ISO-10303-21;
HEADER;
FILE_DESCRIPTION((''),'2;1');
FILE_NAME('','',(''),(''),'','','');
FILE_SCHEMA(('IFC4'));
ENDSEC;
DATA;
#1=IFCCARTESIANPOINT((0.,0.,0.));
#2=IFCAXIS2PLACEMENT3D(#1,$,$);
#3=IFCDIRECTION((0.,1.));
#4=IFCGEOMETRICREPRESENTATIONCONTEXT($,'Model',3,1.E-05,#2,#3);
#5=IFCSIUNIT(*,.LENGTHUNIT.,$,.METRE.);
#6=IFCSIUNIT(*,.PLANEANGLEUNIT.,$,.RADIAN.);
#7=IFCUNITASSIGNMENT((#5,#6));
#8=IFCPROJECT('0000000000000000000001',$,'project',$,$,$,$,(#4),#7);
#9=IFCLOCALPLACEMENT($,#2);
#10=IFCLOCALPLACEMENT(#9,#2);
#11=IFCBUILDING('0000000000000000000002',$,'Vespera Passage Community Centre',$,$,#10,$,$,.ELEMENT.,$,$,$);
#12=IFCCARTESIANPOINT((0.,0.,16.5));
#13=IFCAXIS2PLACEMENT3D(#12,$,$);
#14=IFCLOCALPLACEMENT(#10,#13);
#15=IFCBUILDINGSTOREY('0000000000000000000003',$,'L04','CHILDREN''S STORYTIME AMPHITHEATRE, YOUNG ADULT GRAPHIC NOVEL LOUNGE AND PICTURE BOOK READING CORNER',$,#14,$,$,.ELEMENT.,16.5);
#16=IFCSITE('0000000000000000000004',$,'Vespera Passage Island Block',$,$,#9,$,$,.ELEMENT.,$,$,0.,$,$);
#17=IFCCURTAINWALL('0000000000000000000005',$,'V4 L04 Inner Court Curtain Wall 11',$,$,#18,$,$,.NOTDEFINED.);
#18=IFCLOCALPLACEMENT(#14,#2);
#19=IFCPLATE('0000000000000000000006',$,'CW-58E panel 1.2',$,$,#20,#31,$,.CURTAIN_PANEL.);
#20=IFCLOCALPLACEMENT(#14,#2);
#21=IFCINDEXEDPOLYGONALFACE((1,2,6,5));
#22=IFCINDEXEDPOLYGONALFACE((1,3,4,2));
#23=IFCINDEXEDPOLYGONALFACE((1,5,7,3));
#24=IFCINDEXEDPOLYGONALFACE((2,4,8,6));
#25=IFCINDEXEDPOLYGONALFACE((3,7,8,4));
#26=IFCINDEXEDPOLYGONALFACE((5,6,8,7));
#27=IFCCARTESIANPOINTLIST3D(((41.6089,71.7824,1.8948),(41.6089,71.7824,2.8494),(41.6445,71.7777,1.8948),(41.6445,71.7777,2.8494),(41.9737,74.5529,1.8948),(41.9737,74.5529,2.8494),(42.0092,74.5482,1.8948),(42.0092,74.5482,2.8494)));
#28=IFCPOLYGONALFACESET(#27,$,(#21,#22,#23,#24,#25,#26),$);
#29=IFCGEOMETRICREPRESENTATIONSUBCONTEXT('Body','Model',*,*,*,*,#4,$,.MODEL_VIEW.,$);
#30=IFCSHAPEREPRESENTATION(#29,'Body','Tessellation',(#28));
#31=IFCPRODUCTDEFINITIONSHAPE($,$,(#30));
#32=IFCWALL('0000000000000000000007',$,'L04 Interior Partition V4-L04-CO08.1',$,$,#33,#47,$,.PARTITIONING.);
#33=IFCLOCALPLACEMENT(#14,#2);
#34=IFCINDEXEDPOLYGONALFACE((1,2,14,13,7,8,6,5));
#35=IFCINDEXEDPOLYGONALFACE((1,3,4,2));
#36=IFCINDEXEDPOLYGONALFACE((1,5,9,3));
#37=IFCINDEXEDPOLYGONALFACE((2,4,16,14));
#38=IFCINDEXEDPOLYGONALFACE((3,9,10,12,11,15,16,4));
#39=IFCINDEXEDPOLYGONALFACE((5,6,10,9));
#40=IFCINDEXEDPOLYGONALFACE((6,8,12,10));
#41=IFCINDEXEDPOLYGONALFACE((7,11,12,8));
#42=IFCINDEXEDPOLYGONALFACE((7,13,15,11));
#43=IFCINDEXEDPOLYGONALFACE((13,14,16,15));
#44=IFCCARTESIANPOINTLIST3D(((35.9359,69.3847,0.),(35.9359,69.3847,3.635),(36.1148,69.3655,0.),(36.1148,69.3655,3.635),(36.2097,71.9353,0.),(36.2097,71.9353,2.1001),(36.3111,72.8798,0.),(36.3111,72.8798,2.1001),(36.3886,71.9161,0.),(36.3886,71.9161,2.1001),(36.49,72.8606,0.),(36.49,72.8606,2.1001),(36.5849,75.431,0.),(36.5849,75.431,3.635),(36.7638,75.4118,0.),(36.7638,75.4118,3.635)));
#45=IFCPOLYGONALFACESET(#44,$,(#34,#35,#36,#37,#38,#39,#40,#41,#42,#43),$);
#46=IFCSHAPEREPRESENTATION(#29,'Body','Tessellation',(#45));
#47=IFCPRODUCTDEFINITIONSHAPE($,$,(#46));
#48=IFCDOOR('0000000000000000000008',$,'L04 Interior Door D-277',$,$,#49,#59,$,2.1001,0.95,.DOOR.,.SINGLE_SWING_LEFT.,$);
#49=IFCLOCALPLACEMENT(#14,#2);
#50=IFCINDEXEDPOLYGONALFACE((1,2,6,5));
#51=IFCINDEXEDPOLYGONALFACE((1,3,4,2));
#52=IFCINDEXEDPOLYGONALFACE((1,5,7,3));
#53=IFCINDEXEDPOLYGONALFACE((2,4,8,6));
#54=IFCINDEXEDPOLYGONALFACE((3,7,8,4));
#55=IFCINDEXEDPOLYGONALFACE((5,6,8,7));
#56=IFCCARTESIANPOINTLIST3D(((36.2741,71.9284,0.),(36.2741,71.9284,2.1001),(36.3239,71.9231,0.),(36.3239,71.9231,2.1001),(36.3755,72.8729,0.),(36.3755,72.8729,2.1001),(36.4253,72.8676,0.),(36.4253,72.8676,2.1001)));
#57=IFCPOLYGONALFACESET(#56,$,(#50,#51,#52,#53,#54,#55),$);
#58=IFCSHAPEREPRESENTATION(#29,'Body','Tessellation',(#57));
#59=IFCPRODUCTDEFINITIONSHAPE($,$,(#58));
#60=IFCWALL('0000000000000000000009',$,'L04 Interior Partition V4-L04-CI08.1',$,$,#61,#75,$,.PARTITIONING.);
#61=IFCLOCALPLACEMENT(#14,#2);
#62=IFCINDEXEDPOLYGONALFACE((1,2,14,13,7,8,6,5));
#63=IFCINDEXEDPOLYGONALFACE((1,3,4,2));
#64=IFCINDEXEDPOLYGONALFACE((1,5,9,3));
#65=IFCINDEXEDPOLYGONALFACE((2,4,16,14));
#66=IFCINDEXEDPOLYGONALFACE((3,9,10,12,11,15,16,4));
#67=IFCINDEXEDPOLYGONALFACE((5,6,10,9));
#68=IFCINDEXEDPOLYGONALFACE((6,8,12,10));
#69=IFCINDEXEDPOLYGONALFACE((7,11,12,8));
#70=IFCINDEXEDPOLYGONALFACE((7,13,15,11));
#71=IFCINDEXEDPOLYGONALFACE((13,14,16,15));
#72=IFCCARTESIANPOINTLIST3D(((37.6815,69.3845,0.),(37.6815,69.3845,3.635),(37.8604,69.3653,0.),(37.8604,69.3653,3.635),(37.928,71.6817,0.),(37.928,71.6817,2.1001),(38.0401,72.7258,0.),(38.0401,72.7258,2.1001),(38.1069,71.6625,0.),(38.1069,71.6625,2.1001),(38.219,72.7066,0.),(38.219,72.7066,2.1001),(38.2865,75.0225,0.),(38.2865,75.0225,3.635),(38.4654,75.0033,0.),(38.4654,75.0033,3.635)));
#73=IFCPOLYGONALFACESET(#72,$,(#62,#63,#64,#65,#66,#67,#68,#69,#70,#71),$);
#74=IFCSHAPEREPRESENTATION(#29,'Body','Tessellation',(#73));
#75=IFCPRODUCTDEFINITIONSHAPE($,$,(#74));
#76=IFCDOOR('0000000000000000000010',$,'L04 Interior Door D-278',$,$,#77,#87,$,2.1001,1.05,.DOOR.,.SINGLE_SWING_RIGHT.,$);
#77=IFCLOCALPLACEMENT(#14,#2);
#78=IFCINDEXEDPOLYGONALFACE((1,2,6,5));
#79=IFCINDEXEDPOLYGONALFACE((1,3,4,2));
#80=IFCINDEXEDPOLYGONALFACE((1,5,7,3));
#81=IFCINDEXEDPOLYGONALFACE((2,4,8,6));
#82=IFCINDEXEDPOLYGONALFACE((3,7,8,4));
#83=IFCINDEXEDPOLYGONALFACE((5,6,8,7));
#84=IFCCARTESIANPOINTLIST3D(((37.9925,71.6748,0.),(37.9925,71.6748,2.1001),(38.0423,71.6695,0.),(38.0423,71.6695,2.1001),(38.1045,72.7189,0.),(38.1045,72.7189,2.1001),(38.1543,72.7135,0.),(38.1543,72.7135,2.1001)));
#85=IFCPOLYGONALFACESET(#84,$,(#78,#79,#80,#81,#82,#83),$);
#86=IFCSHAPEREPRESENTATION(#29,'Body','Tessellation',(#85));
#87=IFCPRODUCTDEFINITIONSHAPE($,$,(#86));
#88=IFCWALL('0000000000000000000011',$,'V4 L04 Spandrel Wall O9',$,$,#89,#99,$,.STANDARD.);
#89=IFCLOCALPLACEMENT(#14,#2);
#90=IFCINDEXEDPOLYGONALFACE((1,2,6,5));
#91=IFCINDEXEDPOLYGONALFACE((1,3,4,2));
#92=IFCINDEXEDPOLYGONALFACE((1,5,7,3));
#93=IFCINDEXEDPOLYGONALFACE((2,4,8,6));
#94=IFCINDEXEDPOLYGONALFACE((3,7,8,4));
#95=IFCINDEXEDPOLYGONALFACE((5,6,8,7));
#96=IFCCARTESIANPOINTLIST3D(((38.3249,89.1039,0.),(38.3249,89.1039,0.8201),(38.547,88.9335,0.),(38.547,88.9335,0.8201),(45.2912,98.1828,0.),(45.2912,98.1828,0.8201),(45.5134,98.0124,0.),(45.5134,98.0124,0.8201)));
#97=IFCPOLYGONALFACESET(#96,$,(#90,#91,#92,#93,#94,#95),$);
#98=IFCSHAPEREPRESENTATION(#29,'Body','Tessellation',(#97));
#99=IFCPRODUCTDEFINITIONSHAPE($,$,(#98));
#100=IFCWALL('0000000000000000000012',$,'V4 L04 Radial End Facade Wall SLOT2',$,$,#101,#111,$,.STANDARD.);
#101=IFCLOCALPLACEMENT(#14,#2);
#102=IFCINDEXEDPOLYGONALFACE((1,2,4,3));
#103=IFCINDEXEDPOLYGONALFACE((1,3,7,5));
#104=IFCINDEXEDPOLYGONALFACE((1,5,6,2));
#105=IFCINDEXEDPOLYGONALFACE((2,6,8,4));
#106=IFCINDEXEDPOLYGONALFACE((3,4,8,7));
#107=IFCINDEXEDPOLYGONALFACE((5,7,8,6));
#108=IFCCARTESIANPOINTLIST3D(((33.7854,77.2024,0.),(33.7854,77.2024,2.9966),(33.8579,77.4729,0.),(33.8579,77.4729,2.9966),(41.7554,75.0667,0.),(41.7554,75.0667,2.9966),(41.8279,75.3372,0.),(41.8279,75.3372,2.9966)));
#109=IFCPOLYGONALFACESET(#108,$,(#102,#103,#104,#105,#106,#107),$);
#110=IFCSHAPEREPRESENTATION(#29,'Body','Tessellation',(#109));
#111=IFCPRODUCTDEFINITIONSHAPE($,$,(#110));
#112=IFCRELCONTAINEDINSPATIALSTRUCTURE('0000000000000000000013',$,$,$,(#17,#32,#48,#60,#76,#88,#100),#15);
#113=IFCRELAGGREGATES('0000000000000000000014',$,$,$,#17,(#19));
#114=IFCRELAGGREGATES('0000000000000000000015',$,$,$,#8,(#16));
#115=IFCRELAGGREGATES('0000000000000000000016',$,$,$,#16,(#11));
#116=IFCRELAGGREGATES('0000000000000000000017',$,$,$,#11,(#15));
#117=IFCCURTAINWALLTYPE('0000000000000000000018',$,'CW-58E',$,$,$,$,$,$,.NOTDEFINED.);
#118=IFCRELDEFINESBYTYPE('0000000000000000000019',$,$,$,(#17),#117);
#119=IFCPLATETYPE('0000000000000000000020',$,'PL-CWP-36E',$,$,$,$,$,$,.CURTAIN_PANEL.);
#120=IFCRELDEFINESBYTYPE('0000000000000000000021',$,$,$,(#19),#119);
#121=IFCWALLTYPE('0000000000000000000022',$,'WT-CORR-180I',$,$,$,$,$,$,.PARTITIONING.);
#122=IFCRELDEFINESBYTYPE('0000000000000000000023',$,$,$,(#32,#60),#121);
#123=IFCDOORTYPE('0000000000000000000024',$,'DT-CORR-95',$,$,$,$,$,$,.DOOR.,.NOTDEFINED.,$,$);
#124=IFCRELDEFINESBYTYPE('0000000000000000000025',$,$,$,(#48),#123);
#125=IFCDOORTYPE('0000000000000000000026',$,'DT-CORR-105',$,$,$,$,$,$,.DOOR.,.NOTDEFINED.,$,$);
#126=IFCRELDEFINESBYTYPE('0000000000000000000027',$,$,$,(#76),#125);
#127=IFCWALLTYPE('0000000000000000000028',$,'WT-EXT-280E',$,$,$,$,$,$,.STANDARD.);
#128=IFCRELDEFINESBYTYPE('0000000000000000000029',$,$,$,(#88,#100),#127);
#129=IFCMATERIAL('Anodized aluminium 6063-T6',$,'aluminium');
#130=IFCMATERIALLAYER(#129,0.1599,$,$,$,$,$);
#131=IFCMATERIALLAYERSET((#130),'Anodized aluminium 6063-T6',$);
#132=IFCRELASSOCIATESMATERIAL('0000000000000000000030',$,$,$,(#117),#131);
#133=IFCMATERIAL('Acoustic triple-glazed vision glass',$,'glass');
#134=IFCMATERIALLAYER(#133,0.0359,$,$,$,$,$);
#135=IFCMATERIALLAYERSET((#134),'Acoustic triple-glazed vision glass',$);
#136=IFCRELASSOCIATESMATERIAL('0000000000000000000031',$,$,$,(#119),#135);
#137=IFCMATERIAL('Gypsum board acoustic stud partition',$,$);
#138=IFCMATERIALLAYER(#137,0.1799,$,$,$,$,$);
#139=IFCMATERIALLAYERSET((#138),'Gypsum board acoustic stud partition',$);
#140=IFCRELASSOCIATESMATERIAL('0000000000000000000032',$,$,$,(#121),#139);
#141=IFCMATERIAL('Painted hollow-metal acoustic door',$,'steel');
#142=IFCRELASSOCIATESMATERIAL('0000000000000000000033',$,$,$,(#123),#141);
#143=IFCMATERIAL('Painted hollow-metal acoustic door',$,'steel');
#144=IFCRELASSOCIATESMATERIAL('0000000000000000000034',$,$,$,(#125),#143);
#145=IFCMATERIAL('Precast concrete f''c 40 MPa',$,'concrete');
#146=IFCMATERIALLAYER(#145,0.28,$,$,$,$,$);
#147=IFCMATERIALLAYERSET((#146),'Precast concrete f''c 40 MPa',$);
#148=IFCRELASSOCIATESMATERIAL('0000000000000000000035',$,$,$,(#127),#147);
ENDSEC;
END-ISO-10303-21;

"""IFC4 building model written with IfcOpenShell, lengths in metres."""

from ifc_helpers import new_model, si_unit, direction, frame, frame_2d, origin, origin_2d, place, context, subcontext, project, spatial, rectangle, extrude, material, layer, layer_set, type_object, element, fill, aggregate, save


model = new_model("IFC4")

# Units and contexts
model_context = context("Model", 3, precision=1e-05, world=origin(), true_north=direction((0.0, 1.0)))
body_context = subcontext(model_context, "Body", "Model", "MODEL_VIEW")
ifc_project = project(units=[si_unit("LENGTHUNIT", "METRE"), si_unit("PLANEANGLEUNIT", "RADIAN")], contexts=[model_context])

# Site, building, storey
site_placement = place(None, origin())
site = spatial("IfcSite", under=ifc_project, at=site_placement, Name="Vespera Passage Island Block", CompositionType="ELEMENT", RefElevation=0.0)
building_placement = place(site_placement, origin())
building = spatial("IfcBuilding", under=site, at=building_placement, Name="Vespera Passage Community Centre", CompositionType="ELEMENT")
storey_placement = place(building_placement, frame((0.0, 0.0, 16.5)))
storey = spatial("IfcBuildingStorey", under=building, at=storey_placement, Name="L04", Description="CHILDREN'S STORYTIME AMPHITHEATRE, YOUNG ADULT GRAPHIC NOVEL LOUNGE AND PICTURE BOOK READING CORNER", CompositionType="ELEMENT", Elevation=16.5)

# Curtain wall
ifc_material_1 = material(Name="Anodized aluminium 6063-T6", Category="aluminium")
ifc_layer_1 = layer(ifc_material_1, 0.1599)
ifc_layer_set_1 = layer_set([ifc_layer_1], Name="Anodized aluminium 6063-T6")
curtain_wall_type_1 = type_object("IfcCurtainWallType", Name="CW-58E", PredefinedType="NOTDEFINED", material=ifc_layer_set_1)
curtain_wall_1_placement = place(storey_placement, origin())
curtain_wall_1 = element("IfcCurtainWall", 1, at=curtain_wall_1_placement, inside=storey, type_object=curtain_wall_type_1, Name="V4 L04 Inner Court Curtain Wall 11", PredefinedType="NOTDEFINED")

# Plate
ifc_material_2 = material(Name="Acoustic triple-glazed vision glass", Category="glass")
ifc_layer_2 = layer(ifc_material_2, 0.0359)
ifc_layer_set_2 = layer_set([ifc_layer_2], Name="Acoustic triple-glazed vision glass")
plate_type = type_object("IfcPlateType", Name="PL-CWP-36E", PredefinedType="CURTAIN_PANEL", material=ifc_layer_set_2)
plate_1_placement = place(storey_placement, frame((41.8091, 73.1653, 1.8948), z_axis=(0.0, 0.0, 1.0), x_axis=(-0.130522, -0.991445, 0.0)))
plate_1 = element("IfcPlate", 2, at=plate_1_placement, type_object=plate_type, Name="CW-58E panel 1.2", PredefinedType="CURTAIN_PANEL", context=body_context, shape_type="SweptSolid", body=[
    extrude(rectangle(XDim=2.7944, YDim=0.0359, at=origin_2d()), origin(), (0.0, 0.0, 1.0), 0.9546),
])
aggregate(curtain_wall_1, [plate_1])

# Walls, openings, doors
ifc_material_3 = material(Name="Gypsum board acoustic stud partition")
ifc_layer_3 = layer(ifc_material_3, 0.1799)
ifc_layer_set_3 = layer_set([ifc_layer_3], Name="Gypsum board acoustic stud partition")
wall_type_1 = type_object("IfcWallType", Name="WT-CORR-180I", PredefinedType="PARTITIONING", material=ifc_layer_set_3)
wall_1_placement = place(storey_placement, frame((36.6743, 75.4214, 0.0), z_axis=(0.0, 0.0, 1.0), x_axis=(-0.106712, -0.99429, 0.0)))
wall_1 = element("IfcWall", 3, at=wall_1_placement, inside=storey, type_object=wall_type_1, Name="L04 Interior Partition V4-L04-CO08.1", PredefinedType="PARTITIONING", context=body_context, shape_type="SweptSolid", body=[
    extrude(rectangle(XDim=6.0811, YDim=0.1799, at=frame_2d((3.0405, 0.0))), origin(), (0.0, 0.0, 1.0), 3.635),
])
opening_1_placement = place(wall_1_placement, frame((2.5657, 0.0, 0.0)))
opening_1 = element("IfcOpeningElement", 4, at=opening_1_placement, cuts=wall_1, PredefinedType="OPENING", context=body_context, shape_type="SweptSolid", body=[
    extrude(rectangle(XDim=0.95, YDim=2.1001, at=frame_2d((0.4751, 1.05))), frame((0.0, 0.0999, 0.0), z_axis=(0.0, -1.0, 0.0), x_axis=(1.0, 0.0, 0.0)), (0.0, 0.0, 1.0), 0.2),
])
ifc_material_4 = material(Name="Painted hollow-metal acoustic door", Category="steel")
door_type_1 = type_object("IfcDoorType", Name="DT-CORR-95", OperationType="NOTDEFINED", PredefinedType="DOOR", material=ifc_material_4)
door_1_placement = place(opening_1_placement, origin())
door_1 = element("IfcDoor", 5, at=door_1_placement, inside=storey, type_object=door_type_1, Name="L04 Interior Door D-277", OperationType="SINGLE_SWING_LEFT", OverallHeight=2.1001, OverallWidth=0.95, PredefinedType="DOOR", context=body_context, shape_type="SweptSolid", body=[
    extrude(rectangle(XDim=0.95, YDim=2.1001, at=frame_2d((0.4751, 1.05))), frame((0.0, 0.0249, 0.0), z_axis=(0.0, -1.0, 0.0), x_axis=(1.0, 0.0, 0.0)), (0.0, 0.0, 1.0), 0.05),
])
fill(opening_1, door_1)
wall_2_placement = place(storey_placement, frame((38.376, 75.0129, 0.0), z_axis=(0.0, 0.0, 1.0), x_axis=(-0.106693, -0.994292, 0.0)))
wall_2 = element("IfcWall", 6, at=wall_2_placement, inside=storey, type_object=wall_type_1, Name="L04 Interior Partition V4-L04-CI08.1", PredefinedType="PARTITIONING", context=body_context, shape_type="SweptSolid", body=[
    extrude(rectangle(XDim=5.6704, YDim=0.1799, at=frame_2d((2.8352, 0.0))), origin(), (0.0, 0.0, 1.0), 3.635),
])
opening_2_placement = place(wall_2_placement, frame((2.3101, 0.0, 0.0)))
opening_2 = element("IfcOpeningElement", 7, at=opening_2_placement, cuts=wall_2, PredefinedType="OPENING", context=body_context, shape_type="SweptSolid", body=[
    extrude(rectangle(XDim=1.05, YDim=2.1001, at=frame_2d((0.5249, 1.05))), frame((0.0, 0.0999, 0.0), z_axis=(0.0, -1.0, 0.0), x_axis=(1.0, 0.0, 0.0)), (0.0, 0.0, 1.0), 0.2),
])
ifc_material_5 = material(Name="Painted hollow-metal acoustic door", Category="steel")
door_type_2 = type_object("IfcDoorType", Name="DT-CORR-105", OperationType="NOTDEFINED", PredefinedType="DOOR", material=ifc_material_5)
door_2_placement = place(opening_2_placement, origin())
door_2 = element("IfcDoor", 8, at=door_2_placement, inside=storey, type_object=door_type_2, Name="L04 Interior Door D-278", OperationType="SINGLE_SWING_RIGHT", OverallHeight=2.1001, OverallWidth=1.05, PredefinedType="DOOR", context=body_context, shape_type="SweptSolid", body=[
    extrude(rectangle(XDim=1.05, YDim=2.1001, at=frame_2d((0.5249, 1.05))), frame((0.0, 0.0249, 0.0), z_axis=(0.0, -1.0, 0.0), x_axis=(1.0, 0.0, 0.0)), (0.0, 0.0, 1.0), 0.05),
])
fill(opening_2, door_2)

# Walls
ifc_material_6 = material(Name="Precast concrete f'c 40 MPa", Category="concrete")
ifc_layer_4 = layer(ifc_material_6, 0.28)
ifc_layer_set_4 = layer_set([ifc_layer_4], Name="Precast concrete f'c 40 MPa")
wall_type_2 = type_object("IfcWallType", Name="WT-EXT-280E", PredefinedType="STANDARD", material=ifc_layer_set_4)
wall_3_placement = place(storey_placement, frame((38.436, 89.0188, 0.0), z_axis=(0.0, 0.0, 1.0), x_axis=(0.608754, 0.793359, 0.0)))
element("IfcWall", 9, at=wall_3_placement, inside=storey, type_object=wall_type_2, Name="V4 L04 Spandrel Wall O9", PredefinedType="STANDARD", context=body_context, shape_type="SweptSolid", body=[
    extrude(rectangle(XDim=11.4436, YDim=0.28, at=frame_2d((5.7217, 0.0))), origin(), (0.0, 0.0, 1.0), 0.8201),
])
wall_4_placement = place(storey_placement, frame((33.8218, 77.3376, 0.0), z_axis=(0.0, 0.0, 1.0), x_axis=(0.96592, -0.258841, 0.0)))
element("IfcWall", 10, at=wall_4_placement, inside=storey, type_object=wall_type_2, Name="V4 L04 Radial End Facade Wall SLOT2", PredefinedType="STANDARD", context=body_context, shape_type="SweptSolid", body=[
    extrude(rectangle(XDim=8.2512, YDim=0.28, at=frame_2d((4.1255, 0.0))), origin(), (0.0, 0.0, 1.0), 2.9966),
])

save(model, "model.ifc")
